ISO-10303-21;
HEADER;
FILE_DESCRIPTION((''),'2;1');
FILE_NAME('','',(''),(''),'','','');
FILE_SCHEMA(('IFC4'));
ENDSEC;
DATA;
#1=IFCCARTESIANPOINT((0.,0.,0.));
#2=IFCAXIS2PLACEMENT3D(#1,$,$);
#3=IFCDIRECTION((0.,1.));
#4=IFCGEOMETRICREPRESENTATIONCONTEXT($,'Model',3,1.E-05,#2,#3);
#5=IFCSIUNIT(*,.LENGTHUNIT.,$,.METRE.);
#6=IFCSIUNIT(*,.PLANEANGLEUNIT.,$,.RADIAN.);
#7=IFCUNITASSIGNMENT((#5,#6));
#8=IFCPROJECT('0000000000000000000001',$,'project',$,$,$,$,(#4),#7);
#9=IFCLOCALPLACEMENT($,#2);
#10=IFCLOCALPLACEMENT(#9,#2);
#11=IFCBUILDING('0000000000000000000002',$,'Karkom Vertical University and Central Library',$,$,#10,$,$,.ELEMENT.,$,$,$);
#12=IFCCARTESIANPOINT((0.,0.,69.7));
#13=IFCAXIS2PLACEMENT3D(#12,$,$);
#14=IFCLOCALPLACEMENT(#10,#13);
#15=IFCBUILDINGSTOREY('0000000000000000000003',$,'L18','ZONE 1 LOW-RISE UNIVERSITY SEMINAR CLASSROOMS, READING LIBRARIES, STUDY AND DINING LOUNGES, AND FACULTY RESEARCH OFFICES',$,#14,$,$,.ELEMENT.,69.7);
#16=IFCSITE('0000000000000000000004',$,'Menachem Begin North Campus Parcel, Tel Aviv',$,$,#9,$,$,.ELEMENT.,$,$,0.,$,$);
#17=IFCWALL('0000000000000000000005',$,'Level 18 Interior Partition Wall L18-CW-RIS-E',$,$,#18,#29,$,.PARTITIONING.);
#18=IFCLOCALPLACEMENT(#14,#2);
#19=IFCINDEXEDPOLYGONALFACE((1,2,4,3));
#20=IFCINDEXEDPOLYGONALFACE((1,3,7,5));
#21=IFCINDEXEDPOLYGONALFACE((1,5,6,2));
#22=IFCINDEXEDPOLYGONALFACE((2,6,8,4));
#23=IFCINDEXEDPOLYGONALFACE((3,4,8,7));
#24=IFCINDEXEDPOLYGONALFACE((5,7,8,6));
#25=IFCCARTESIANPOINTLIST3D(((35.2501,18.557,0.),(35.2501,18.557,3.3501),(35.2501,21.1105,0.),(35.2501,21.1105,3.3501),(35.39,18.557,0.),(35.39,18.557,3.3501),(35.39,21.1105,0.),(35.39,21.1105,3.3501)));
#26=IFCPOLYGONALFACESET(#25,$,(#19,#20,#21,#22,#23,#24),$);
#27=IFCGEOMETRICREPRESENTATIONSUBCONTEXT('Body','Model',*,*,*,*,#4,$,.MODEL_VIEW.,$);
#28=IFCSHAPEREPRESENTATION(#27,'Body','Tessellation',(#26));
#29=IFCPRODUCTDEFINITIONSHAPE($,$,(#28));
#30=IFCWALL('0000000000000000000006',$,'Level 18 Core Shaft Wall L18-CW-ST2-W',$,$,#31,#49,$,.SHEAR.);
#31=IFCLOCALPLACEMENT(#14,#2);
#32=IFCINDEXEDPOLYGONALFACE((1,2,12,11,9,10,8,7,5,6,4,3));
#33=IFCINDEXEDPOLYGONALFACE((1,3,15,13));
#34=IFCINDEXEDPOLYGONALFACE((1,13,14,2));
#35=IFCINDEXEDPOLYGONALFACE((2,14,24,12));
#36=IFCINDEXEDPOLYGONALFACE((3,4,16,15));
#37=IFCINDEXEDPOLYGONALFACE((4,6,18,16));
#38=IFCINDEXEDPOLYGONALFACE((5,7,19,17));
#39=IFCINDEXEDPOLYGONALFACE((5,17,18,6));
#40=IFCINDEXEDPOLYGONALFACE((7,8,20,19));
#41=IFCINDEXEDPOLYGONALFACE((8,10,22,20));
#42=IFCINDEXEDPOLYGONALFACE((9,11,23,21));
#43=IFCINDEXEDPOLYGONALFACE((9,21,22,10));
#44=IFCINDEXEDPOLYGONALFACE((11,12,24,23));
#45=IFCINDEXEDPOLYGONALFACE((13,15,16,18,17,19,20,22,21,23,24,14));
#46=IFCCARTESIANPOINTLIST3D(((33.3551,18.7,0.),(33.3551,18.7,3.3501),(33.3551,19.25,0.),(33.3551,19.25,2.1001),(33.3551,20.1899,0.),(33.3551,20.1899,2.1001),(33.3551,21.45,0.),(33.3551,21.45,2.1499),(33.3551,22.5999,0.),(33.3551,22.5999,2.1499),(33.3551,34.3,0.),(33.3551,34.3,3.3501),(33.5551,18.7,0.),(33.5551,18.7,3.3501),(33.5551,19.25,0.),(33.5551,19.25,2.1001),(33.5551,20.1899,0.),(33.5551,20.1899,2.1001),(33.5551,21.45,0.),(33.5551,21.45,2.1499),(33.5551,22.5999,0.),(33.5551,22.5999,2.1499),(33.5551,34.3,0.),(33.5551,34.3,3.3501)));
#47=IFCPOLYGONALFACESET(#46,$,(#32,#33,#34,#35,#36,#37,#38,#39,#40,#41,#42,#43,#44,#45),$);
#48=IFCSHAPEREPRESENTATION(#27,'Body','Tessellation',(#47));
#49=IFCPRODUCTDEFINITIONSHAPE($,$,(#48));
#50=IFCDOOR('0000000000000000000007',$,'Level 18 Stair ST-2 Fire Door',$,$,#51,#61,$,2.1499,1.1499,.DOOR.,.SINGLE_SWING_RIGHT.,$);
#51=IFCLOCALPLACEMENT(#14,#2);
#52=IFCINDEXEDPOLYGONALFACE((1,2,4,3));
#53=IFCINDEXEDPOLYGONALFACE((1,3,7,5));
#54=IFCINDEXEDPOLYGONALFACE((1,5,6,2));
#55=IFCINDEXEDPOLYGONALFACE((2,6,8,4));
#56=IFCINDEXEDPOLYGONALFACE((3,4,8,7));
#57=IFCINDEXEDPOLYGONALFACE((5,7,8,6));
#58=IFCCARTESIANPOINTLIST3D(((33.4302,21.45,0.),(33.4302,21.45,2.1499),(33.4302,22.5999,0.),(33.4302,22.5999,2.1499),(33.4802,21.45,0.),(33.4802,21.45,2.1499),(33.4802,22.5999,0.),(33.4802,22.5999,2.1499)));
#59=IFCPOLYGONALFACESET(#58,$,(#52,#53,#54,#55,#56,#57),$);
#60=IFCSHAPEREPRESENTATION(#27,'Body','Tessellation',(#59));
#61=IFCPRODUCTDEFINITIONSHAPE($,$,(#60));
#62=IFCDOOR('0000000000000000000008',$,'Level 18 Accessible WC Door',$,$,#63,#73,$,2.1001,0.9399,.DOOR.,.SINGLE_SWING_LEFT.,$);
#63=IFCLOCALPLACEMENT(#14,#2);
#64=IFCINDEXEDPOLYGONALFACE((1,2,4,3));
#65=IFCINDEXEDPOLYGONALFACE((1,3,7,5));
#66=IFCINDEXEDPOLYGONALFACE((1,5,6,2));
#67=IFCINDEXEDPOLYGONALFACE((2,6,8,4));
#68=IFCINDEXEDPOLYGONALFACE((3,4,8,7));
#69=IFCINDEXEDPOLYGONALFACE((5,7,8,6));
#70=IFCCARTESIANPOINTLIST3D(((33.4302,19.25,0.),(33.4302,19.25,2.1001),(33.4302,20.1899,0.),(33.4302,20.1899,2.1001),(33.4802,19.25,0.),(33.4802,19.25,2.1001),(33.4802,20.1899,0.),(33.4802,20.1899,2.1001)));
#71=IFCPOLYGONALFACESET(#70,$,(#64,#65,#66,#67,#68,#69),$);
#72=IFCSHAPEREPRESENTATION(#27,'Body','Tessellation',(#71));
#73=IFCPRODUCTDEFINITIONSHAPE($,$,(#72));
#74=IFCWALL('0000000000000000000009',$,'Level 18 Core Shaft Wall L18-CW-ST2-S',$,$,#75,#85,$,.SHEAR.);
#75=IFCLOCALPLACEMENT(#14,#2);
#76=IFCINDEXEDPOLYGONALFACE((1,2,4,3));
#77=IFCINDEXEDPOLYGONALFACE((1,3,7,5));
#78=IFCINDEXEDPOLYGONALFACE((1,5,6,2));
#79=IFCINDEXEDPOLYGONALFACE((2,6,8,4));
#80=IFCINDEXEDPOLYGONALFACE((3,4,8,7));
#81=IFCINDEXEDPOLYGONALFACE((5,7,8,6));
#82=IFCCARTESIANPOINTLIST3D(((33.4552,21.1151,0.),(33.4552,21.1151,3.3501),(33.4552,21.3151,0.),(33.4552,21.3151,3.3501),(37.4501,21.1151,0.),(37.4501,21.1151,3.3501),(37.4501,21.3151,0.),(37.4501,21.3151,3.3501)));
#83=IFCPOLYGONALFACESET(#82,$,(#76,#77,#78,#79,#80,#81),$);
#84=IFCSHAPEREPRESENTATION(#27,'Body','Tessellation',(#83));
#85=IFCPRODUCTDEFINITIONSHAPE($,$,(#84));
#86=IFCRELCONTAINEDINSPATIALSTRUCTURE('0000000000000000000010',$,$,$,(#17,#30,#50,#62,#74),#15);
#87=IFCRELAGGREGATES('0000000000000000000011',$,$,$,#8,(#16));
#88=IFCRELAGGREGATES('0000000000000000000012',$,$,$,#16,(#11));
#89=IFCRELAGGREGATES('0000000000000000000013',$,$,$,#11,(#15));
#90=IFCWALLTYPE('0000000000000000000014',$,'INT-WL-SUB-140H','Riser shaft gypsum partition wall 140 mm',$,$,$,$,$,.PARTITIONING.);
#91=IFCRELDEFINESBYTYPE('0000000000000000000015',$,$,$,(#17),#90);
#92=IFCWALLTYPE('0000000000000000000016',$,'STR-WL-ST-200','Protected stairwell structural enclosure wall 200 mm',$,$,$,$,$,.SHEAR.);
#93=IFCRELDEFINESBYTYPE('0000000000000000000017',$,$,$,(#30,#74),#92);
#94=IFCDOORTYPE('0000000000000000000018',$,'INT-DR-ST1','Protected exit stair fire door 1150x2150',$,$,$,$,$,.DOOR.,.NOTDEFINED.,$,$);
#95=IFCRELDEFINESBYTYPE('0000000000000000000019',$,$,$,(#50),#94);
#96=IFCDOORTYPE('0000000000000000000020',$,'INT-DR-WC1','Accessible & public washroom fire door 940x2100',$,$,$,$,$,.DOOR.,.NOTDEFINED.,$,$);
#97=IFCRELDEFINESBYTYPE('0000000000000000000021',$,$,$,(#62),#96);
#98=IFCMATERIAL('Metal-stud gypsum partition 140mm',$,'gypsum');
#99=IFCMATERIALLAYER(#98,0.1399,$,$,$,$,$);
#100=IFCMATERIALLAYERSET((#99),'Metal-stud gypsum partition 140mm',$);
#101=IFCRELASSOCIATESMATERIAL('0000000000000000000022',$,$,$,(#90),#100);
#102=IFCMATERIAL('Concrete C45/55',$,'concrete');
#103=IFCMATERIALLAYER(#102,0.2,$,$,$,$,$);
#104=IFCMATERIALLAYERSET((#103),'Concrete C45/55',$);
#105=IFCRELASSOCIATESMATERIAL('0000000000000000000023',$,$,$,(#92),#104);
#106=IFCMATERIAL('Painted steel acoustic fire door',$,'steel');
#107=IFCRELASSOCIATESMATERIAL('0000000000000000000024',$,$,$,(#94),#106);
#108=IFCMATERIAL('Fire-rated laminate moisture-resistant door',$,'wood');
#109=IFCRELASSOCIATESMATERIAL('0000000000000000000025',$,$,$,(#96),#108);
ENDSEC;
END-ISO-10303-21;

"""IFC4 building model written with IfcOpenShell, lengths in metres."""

from ifc_helpers import new_model, si_unit, direction, frame, frame_2d, origin, origin_with_axes, place, context, subcontext, project, spatial, rectangle, extrude, source, transform, mapped, material, layer, layer_set, type_object, element, fill, save


model = new_model("IFC4")

# Units and contexts
model_context = context("Model", 3, precision=1e-05, world=origin(), true_north=direction((0.0, 1.0)))
body_context = subcontext(model_context, "Body", "Model", "MODEL_VIEW")
ifc_project = project(units=[si_unit("LENGTHUNIT", "METRE"), si_unit("PLANEANGLEUNIT", "RADIAN")], contexts=[model_context])

# Site, building, storey
site_placement = place(None, origin())
site = spatial("IfcSite", under=ifc_project, at=site_placement, Name="Menachem Begin North Campus Parcel, Tel Aviv", CompositionType="ELEMENT", RefElevation=0.0)
building_placement = place(site_placement, origin())
building = spatial("IfcBuilding", under=site, at=building_placement, Name="Karkom Vertical University and Central Library", CompositionType="ELEMENT")
storey_placement = place(building_placement, frame((0.0, 0.0, 69.7)))
storey = spatial("IfcBuildingStorey", under=building, at=storey_placement, Name="L18", Description="ZONE 1 LOW-RISE UNIVERSITY SEMINAR CLASSROOMS, READING LIBRARIES, STUDY AND DINING LOUNGES, AND FACULTY RESEARCH OFFICES", CompositionType="ELEMENT", Elevation=69.7)

# Shared definitions
ifc_material_1 = material(Name="Metal-stud gypsum partition 140mm", Category="gypsum")

# Wall
ifc_layer_1 = layer(ifc_material_1, 0.1399)
ifc_layer_set_1 = layer_set([ifc_layer_1], Name="Metal-stud gypsum partition 140mm")
wall_type_1 = type_object("IfcWallType", Name="INT-WL-SUB-140H", Description="Riser shaft gypsum partition wall 140 mm", PredefinedType="PARTITIONING", material=ifc_layer_set_1)
wall_1_placement = place(storey_placement, frame((35.3201, 18.5569, 0.0), z_axis=(0.0, 0.0, 1.0), x_axis=(0.0, 1.0, 0.0)))
element("IfcWall", 1, at=wall_1_placement, inside=storey, type_object=wall_type_1, Name="Level 18 Interior Partition Wall L18-CW-RIS-E", PredefinedType="PARTITIONING", context=body_context, shape_type="SweptSolid", body=[
    extrude(rectangle(XDim=2.5535, YDim=0.1399, at=frame_2d((1.2769, 0.0))), origin(), (0.0, 0.0, 1.0), 3.3501),
])

# Wall, openings, doors
ifc_material_2 = material(Name="Concrete C45/55", Category="concrete")
ifc_layer_2 = layer(ifc_material_2, 0.2)
ifc_layer_set_2 = layer_set([ifc_layer_2], Name="Concrete C45/55")
wall_type_2 = type_object("IfcWallType", Name="STR-WL-ST-200", Description="Protected stairwell structural enclosure wall 200 mm", PredefinedType="SHEAR", material=ifc_layer_set_2)
wall_2_placement = place(storey_placement, frame((33.4551, 18.7, 0.0), z_axis=(0.0, 0.0, 1.0), x_axis=(0.0, 1.0, 0.0)))
wall_2 = element("IfcWall", 2, at=wall_2_placement, inside=storey, type_object=wall_type_2, Name="Level 18 Core Shaft Wall L18-CW-ST2-W", PredefinedType="SHEAR", context=body_context, shape_type="SweptSolid", body=[
    extrude(rectangle(XDim=15.6001, YDim=0.2, at=frame_2d((7.8, 0.0))), origin(), (0.0, 0.0, 1.0), 3.3501),
])
opening_1_placement = place(wall_2_placement, frame((2.75, 0.0, 0.0)))
opening_1 = element("IfcOpeningElement", 3, at=opening_1_placement, cuts=wall_2, PredefinedType="OPENING", context=body_context, shape_type="SweptSolid", body=[
    extrude(rectangle(XDim=1.1499, YDim=2.1499, at=frame_2d((0.575, 1.075))), frame((0.0, 0.1099, 0.0), z_axis=(0.0, -1.0, 0.0), x_axis=(1.0, 0.0, 0.0)), (0.0, 0.0, 1.0), 0.22),
])
opening_2_placement = place(wall_2_placement, frame((0.55, 0.0, 0.0)))
opening_2 = element("IfcOpeningElement", 4, at=opening_2_placement, cuts=wall_2, PredefinedType="OPENING", context=body_context, shape_type="SweptSolid", body=[
    extrude(rectangle(XDim=0.9399, YDim=2.1001, at=frame_2d((0.47, 1.05))), frame((0.0, 0.1099, 0.0), z_axis=(0.0, -1.0, 0.0), x_axis=(1.0, 0.0, 0.0)), (0.0, 0.0, 1.0), 0.22),
])
ifc_material_3 = material(Name="Painted steel acoustic fire door", Category="steel")
door_type_1 = type_object("IfcDoorType", Name="INT-DR-ST1", Description="Protected exit stair fire door 1150x2150", OperationType="NOTDEFINED", PredefinedType="DOOR", material=ifc_material_3)
shared_shape_1 = source(origin_with_axes(), body_context, "Body", "SweptSolid", [
    extrude(rectangle(XDim=1.1499, YDim=2.1499, at=frame_2d((0.575, 1.075))), frame((0.0, 0.0249, 0.0), z_axis=(0.0, -1.0, 0.0), x_axis=(1.0, 0.0, 0.0)), (0.0, 0.0, 1.0), 0.05),
])
door_1_placement = place(opening_1_placement, origin())
door_1 = element("IfcDoor", 5, at=door_1_placement, inside=storey, type_object=door_type_1, Name="Level 18 Stair ST-2 Fire Door", OperationType="SINGLE_SWING_RIGHT", OverallHeight=2.1499, OverallWidth=1.1499, PredefinedType="DOOR", context=body_context, shape_type="MappedRepresentation", body=[
    mapped(shared_shape_1, transform((0.0, 0.0, 0.0), scale=1.0)),
])
fill(opening_1, door_1)
ifc_material_4 = material(Name="Fire-rated laminate moisture-resistant door", Category="wood")
door_type_2 = type_object("IfcDoorType", Name="INT-DR-WC1", Description="Accessible & public washroom fire door 940x2100", OperationType="NOTDEFINED", PredefinedType="DOOR", material=ifc_material_4)
shared_shape_2 = source(origin_with_axes(), body_context, "Body", "SweptSolid", [
    extrude(rectangle(XDim=0.9399, YDim=2.1001, at=frame_2d((0.47, 1.05))), frame((0.0, 0.0249, 0.0), z_axis=(0.0, -1.0, 0.0), x_axis=(1.0, 0.0, 0.0)), (0.0, 0.0, 1.0), 0.05),
])
door_2_placement = place(opening_2_placement, origin())
door_2 = element("IfcDoor", 6, at=door_2_placement, inside=storey, type_object=door_type_2, Name="Level 18 Accessible WC Door", OperationType="SINGLE_SWING_LEFT", OverallHeight=2.1001, OverallWidth=0.9399, PredefinedType="DOOR", context=body_context, shape_type="MappedRepresentation", body=[
    mapped(shared_shape_2, transform((0.0, 0.0, 0.0), scale=1.0)),
])
fill(opening_2, door_2)

# Wall
wall_3_placement = place(storey_placement, frame((33.4551, 21.2151, 0.0), z_axis=(0.0, 0.0, 1.0), x_axis=(1.0, 0.0, 0.0)))
element("IfcWall", 7, at=wall_3_placement, inside=storey, type_object=wall_type_2, Name="Level 18 Core Shaft Wall L18-CW-ST2-S", PredefinedType="SHEAR", context=body_context, shape_type="SweptSolid", body=[
    extrude(rectangle(XDim=3.9949, YDim=0.2, at=frame_2d((1.9976, 0.0))), origin(), (0.0, 0.0, 1.0), 3.3501),
])

save(model, "model.ifc")
